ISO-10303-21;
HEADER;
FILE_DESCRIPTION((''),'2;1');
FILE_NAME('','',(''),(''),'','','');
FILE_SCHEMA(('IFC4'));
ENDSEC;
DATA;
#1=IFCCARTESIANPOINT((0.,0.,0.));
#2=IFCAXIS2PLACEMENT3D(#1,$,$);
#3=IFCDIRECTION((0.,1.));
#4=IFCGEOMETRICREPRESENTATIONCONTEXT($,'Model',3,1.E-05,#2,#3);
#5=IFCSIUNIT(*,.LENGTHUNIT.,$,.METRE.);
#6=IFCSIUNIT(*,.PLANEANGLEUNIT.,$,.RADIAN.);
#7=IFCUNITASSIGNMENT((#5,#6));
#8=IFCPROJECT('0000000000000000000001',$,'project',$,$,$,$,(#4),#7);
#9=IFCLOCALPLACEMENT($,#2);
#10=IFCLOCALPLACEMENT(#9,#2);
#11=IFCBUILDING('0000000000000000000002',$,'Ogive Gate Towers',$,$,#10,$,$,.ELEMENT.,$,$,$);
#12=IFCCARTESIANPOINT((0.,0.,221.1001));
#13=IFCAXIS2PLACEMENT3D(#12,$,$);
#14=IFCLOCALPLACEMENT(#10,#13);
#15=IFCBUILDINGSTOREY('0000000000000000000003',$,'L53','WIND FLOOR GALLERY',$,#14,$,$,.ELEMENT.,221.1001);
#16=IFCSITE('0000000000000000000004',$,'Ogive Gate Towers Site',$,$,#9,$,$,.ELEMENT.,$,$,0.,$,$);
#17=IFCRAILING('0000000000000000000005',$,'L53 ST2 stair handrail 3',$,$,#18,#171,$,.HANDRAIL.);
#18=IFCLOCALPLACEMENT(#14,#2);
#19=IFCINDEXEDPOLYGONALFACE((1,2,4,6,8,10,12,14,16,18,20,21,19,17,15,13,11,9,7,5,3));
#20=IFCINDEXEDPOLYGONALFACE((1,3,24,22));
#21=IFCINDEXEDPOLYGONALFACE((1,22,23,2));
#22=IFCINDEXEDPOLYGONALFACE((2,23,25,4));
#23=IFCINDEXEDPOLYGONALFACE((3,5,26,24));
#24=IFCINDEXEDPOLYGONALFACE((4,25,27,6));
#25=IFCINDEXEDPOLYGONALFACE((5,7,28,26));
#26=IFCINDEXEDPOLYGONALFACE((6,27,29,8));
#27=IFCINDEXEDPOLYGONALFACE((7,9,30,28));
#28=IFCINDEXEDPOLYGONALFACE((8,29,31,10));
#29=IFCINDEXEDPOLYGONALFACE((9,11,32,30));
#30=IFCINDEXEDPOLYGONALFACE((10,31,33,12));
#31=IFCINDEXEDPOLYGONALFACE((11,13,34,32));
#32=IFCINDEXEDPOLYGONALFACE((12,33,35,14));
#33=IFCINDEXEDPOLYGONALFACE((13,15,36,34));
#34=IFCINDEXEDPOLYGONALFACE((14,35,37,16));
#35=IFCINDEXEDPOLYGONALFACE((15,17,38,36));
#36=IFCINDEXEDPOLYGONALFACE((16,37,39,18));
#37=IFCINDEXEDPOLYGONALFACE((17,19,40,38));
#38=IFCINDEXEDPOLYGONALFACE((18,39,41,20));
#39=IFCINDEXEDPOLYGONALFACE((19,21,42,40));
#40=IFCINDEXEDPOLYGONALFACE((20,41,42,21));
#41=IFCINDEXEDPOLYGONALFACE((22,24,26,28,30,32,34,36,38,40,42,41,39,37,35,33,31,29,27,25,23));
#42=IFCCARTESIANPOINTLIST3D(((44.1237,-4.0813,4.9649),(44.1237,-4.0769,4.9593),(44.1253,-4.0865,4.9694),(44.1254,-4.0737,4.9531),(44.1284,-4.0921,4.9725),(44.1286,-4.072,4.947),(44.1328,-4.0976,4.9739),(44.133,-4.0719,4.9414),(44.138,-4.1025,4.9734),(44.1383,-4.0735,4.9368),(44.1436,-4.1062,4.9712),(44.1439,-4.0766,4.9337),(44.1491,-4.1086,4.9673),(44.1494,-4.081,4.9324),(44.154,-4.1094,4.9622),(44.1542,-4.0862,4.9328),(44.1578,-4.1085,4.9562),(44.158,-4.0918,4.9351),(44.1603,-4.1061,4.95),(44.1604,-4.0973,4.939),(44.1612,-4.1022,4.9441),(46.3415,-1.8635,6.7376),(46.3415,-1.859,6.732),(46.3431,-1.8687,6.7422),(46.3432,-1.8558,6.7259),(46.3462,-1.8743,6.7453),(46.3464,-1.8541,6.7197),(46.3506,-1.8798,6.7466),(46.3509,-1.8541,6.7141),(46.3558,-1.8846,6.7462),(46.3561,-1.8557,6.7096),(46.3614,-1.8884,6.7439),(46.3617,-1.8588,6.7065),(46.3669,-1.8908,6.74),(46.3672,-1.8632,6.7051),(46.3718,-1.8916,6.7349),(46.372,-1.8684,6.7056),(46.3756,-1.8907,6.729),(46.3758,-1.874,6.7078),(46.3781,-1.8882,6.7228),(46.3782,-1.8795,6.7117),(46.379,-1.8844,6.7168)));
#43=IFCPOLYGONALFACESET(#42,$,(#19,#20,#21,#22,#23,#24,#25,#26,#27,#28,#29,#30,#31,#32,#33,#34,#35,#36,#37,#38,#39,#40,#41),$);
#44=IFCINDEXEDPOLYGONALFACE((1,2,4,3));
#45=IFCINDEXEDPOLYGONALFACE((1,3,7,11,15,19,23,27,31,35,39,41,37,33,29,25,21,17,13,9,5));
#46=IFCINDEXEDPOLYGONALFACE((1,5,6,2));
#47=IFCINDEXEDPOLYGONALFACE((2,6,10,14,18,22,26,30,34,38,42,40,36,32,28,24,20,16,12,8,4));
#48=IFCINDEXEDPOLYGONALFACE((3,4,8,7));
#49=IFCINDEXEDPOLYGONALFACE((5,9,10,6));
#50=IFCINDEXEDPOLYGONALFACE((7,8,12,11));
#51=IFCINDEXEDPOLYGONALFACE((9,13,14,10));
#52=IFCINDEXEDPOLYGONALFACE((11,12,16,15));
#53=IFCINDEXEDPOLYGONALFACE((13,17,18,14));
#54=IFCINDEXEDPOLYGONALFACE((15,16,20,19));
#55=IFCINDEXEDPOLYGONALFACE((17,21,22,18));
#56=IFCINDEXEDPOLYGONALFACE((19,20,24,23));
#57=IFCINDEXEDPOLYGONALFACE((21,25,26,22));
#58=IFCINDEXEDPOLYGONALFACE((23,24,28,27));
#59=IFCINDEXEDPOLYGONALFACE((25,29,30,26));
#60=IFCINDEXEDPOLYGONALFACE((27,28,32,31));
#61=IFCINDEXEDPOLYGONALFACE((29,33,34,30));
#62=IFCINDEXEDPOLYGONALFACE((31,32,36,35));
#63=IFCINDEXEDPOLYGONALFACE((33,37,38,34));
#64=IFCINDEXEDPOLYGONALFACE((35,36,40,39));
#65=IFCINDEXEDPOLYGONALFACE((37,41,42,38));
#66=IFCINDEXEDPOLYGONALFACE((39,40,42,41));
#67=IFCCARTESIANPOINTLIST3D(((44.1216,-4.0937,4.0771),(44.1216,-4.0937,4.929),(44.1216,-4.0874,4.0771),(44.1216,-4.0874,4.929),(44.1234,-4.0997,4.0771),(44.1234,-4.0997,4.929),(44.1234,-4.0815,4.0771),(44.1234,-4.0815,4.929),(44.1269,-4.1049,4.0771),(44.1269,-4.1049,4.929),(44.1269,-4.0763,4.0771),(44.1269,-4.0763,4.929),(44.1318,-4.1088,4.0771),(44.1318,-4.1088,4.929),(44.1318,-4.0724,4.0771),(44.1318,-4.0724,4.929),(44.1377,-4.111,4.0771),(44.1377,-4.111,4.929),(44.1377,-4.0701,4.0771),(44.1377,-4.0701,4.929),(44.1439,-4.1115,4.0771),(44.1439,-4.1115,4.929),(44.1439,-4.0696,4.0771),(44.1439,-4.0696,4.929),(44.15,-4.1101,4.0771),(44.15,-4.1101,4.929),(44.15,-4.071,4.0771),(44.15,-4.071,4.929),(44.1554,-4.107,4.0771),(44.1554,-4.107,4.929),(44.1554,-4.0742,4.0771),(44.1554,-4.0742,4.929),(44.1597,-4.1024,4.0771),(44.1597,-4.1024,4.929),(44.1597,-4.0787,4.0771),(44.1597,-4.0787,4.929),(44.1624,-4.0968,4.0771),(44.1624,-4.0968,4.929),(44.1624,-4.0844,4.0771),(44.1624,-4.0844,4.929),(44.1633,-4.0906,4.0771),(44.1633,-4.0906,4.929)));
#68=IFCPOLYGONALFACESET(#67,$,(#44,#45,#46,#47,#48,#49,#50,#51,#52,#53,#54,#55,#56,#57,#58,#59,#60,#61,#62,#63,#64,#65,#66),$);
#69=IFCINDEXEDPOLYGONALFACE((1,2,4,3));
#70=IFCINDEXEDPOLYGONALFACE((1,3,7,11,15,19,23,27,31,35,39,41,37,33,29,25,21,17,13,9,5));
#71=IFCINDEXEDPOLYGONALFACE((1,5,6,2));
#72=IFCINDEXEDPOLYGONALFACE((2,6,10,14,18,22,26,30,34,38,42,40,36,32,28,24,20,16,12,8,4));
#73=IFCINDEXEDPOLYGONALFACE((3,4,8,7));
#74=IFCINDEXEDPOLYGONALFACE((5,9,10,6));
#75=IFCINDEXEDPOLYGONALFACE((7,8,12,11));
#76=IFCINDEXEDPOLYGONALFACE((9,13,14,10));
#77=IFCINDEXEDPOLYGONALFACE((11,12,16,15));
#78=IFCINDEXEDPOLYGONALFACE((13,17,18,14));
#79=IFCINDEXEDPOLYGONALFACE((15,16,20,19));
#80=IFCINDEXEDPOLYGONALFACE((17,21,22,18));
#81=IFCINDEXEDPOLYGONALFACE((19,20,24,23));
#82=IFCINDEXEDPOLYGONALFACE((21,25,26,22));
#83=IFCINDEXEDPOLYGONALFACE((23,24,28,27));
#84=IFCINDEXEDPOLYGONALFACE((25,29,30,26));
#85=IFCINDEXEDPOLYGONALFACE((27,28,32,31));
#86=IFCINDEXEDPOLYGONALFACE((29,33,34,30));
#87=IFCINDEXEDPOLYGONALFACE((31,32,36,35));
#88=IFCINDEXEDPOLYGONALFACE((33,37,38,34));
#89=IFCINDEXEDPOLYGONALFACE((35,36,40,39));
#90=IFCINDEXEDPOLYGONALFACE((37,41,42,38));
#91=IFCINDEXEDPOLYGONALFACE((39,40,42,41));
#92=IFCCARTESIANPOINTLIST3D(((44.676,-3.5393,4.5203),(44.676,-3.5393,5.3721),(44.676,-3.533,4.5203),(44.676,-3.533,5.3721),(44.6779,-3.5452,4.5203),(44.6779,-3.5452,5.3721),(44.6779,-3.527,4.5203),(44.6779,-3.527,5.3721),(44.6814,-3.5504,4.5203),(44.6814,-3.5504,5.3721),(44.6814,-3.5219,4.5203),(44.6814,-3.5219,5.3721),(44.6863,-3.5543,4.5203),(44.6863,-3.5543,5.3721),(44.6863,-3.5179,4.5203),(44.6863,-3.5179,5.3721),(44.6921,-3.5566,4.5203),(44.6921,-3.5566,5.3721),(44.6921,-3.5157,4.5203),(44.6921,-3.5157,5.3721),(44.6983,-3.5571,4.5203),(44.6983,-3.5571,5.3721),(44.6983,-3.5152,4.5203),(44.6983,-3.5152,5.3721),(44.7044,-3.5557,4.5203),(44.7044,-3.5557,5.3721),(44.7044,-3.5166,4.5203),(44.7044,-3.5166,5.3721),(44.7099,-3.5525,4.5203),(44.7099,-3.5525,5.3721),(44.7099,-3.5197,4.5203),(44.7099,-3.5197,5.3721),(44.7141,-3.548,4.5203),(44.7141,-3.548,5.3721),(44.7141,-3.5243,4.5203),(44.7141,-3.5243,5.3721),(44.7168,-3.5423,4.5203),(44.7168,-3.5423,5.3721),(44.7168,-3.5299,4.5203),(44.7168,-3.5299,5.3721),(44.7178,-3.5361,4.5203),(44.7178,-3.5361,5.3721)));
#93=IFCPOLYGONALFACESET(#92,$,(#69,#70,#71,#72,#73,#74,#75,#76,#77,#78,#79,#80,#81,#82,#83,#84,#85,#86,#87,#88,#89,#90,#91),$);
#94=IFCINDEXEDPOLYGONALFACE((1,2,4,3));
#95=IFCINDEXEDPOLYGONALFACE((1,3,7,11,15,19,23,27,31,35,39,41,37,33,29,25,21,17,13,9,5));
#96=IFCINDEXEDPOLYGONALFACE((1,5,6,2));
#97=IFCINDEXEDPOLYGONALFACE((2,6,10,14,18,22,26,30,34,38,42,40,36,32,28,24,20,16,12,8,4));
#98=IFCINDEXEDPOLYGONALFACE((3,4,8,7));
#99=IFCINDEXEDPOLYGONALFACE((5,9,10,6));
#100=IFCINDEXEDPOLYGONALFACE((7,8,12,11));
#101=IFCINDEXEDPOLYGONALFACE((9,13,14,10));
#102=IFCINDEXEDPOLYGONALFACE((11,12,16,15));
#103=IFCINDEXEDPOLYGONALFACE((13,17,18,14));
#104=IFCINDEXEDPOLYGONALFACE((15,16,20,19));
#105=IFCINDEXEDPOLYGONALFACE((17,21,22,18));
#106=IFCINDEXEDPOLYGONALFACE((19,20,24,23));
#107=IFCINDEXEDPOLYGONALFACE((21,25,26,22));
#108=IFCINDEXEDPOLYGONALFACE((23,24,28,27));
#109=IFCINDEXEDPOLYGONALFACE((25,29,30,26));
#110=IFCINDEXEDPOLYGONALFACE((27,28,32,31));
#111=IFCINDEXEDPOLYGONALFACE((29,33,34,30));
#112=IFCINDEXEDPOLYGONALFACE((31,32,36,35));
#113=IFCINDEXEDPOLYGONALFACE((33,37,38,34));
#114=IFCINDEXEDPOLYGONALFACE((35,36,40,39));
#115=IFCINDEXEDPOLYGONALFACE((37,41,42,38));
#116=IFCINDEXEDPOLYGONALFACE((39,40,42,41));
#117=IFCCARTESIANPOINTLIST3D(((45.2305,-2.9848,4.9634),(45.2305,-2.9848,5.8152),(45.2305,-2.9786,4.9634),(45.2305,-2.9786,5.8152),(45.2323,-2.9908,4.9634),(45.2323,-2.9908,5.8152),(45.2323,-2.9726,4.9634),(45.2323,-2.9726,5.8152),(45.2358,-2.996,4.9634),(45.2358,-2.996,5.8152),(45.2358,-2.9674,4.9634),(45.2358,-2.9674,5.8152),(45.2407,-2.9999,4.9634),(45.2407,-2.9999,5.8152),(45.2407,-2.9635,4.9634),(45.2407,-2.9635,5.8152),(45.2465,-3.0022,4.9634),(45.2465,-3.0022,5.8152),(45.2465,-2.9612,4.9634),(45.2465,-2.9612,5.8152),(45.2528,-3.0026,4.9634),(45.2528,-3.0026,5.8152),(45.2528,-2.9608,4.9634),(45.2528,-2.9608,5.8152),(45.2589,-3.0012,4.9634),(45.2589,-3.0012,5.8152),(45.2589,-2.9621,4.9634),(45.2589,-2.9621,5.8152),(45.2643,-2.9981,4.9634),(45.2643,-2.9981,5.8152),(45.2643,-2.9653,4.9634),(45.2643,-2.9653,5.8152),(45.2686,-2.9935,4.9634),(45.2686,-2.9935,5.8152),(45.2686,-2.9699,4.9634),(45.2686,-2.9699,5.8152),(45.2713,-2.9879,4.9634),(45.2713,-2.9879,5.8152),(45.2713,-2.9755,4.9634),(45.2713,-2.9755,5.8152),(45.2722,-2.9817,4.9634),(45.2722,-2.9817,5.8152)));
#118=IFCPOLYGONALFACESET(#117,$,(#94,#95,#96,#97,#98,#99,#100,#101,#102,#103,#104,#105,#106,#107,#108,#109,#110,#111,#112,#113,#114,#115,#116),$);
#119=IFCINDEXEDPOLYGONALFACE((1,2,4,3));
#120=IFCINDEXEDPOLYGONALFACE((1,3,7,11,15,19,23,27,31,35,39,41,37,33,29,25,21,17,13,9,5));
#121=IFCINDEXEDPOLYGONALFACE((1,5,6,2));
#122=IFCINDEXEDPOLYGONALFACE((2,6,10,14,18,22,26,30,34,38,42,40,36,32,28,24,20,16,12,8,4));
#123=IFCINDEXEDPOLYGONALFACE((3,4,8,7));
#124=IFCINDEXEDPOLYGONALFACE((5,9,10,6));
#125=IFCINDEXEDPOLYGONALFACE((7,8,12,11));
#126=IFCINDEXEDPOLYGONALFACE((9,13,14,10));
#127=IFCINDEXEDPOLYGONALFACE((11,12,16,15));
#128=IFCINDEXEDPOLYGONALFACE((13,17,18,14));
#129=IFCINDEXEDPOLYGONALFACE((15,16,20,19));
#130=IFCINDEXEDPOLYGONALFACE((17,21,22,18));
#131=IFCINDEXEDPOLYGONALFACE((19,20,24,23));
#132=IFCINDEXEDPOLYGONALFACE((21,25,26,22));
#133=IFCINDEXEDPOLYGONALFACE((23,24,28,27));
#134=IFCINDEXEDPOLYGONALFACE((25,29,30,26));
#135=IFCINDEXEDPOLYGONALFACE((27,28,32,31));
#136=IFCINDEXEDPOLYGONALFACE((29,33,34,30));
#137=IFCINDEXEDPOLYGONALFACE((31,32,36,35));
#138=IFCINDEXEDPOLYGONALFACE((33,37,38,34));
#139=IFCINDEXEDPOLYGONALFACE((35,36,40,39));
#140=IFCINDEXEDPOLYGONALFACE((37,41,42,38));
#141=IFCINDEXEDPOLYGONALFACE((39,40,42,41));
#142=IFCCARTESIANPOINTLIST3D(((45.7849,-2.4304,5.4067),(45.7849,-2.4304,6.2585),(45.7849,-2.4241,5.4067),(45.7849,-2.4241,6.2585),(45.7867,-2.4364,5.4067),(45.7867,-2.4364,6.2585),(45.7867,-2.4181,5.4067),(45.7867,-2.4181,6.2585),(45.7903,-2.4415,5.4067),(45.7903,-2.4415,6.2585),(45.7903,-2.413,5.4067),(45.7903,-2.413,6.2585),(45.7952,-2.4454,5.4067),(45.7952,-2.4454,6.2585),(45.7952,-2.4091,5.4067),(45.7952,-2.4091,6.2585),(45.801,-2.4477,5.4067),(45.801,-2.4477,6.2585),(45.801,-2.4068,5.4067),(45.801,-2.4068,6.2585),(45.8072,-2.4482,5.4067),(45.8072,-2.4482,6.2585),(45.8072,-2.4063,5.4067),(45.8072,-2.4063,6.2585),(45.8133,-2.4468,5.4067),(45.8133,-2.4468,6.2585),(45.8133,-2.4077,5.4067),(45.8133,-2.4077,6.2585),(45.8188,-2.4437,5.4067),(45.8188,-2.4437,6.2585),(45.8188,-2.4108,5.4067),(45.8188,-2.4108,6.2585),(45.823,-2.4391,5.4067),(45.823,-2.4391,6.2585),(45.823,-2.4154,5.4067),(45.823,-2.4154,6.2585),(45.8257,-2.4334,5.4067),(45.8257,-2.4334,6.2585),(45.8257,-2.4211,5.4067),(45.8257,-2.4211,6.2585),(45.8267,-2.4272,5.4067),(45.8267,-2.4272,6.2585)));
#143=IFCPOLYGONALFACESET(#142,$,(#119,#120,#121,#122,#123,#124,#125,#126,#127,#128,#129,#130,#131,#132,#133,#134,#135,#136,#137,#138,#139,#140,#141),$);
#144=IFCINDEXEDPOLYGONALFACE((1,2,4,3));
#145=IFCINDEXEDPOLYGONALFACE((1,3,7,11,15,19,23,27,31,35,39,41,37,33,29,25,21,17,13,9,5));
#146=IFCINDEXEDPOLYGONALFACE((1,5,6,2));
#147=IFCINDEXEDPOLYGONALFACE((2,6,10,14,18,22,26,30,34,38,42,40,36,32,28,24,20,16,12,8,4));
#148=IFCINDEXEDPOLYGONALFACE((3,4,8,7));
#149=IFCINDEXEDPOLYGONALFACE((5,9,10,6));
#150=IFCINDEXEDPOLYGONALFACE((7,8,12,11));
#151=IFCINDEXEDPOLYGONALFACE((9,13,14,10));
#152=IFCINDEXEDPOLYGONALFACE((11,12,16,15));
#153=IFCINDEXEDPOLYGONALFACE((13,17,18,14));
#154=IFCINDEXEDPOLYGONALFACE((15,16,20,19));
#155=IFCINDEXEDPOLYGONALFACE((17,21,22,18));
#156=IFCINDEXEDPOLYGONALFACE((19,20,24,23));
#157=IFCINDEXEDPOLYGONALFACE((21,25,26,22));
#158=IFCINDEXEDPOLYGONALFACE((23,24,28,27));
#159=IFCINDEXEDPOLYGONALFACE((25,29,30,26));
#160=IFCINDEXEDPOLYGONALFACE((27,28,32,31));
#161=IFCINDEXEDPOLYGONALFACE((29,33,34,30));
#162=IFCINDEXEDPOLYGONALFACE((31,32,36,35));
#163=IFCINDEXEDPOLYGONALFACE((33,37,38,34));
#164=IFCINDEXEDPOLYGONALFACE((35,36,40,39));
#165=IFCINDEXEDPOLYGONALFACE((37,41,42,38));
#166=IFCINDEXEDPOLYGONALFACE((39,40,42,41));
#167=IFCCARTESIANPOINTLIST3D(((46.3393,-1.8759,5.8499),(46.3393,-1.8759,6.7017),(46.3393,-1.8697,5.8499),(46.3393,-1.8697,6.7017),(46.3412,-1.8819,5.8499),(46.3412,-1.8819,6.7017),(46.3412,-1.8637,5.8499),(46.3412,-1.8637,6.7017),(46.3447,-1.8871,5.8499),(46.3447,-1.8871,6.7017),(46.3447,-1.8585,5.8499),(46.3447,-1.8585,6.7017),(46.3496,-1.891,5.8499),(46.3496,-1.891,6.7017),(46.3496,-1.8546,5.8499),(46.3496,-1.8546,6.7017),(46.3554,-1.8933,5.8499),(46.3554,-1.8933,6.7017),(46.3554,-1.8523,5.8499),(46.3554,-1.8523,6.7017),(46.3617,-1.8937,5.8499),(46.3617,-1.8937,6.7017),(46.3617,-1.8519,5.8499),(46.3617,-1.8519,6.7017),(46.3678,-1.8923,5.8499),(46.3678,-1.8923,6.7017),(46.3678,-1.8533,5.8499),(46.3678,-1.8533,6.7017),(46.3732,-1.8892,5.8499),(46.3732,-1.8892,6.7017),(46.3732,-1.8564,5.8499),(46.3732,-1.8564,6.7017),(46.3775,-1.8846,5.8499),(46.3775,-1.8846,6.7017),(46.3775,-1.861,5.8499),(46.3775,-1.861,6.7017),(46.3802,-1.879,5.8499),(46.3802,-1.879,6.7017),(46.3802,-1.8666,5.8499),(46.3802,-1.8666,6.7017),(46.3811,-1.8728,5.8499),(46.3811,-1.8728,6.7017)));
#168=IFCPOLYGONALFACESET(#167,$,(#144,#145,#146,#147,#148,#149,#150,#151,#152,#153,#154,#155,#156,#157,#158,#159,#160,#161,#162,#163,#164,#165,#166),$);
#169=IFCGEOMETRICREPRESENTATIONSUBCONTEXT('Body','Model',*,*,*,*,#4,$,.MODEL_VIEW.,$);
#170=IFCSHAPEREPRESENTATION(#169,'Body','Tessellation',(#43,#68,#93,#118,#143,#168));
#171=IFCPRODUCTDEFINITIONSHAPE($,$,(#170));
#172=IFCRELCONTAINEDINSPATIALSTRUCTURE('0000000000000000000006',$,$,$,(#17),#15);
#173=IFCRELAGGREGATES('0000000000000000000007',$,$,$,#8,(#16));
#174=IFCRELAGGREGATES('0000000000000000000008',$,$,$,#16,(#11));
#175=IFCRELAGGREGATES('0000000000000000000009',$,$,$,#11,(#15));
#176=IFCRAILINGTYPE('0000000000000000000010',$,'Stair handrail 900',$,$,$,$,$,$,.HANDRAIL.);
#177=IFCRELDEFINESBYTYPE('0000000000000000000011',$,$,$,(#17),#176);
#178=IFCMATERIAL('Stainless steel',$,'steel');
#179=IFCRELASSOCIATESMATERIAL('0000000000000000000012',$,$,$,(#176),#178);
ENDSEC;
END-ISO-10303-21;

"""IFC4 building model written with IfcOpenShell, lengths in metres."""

from ifc_helpers import new_model, si_unit, direction, frame, origin, origin_2d, place, context, subcontext, project, spatial, circle, extrude, material, type_object, element, save


model = new_model("IFC4")

# Units and contexts
model_context = context("Model", 3, precision=1e-05, world=origin(), true_north=direction((0.0, 1.0)))
body_context = subcontext(model_context, "Body", "Model", "MODEL_VIEW")
ifc_project = project(units=[si_unit("LENGTHUNIT", "METRE"), si_unit("PLANEANGLEUNIT", "RADIAN")], contexts=[model_context])

# Site, building, storey
site_placement = place(None, origin())
site = spatial("IfcSite", under=ifc_project, at=site_placement, Name="Ogive Gate Towers Site", CompositionType="ELEMENT", RefElevation=0.0)
building_placement = place(site_placement, origin())
building = spatial("IfcBuilding", under=site, at=building_placement, Name="Ogive Gate Towers", CompositionType="ELEMENT")
storey_placement = place(building_placement, frame((0.0, 0.0, 221.1001)))
storey = spatial("IfcBuildingStorey", under=building, at=storey_placement, Name="L53", Description="WIND FLOOR GALLERY", CompositionType="ELEMENT", Elevation=221.1001)

# Railing
ifc_material_1 = material(Name="Stainless steel", Category="steel")
railing_type_1 = type_object("IfcRailingType", Name="Stair handrail 900", PredefinedType="HANDRAIL", material=ifc_material_1)
for number, where, name in (
    (1, (44.1423, -4.0906, 4.0771), "L53 ST2 stair handrail 3"),
):
    element("IfcRailing", number, at=place(storey_placement, frame(where)), inside=storey, type_object=railing_type_1, Name=name, PredefinedType="HANDRAIL", context=body_context, shape_type="SweptSolid", body=[
        extrude(circle(Radius=0.0239, at=origin_2d()), frame((0.0, 0.0, 0.876), z_axis=(0.615585, 0.615585, 0.492048), x_axis=(-0.707107, 0.707107, 0.0)), (0.0, 0.0, 1.0), 3.6028),
        extrude(circle(Radius=0.021, at=origin_2d()), origin(), (0.0, 0.0, 1.0), 0.8518),
        extrude(circle(Radius=0.021, at=origin_2d()), frame((0.5544, 0.5544, 0.4431)), (0.0, 0.0, 1.0), 0.8518),
        extrude(circle(Radius=0.021, at=origin_2d()), frame((1.1089, 1.1089, 0.8862)), (0.0, 0.0, 1.0), 0.8518),
        extrude(circle(Radius=0.021, at=origin_2d()), frame((1.6633, 1.6633, 1.3296)), (0.0, 0.0, 1.0), 0.8518),
        extrude(circle(Radius=0.021, at=origin_2d()), frame((2.2178, 2.2178, 1.7727)), (0.0, 0.0, 1.0), 0.8518),
    ])

save(model, "model.ifc")
